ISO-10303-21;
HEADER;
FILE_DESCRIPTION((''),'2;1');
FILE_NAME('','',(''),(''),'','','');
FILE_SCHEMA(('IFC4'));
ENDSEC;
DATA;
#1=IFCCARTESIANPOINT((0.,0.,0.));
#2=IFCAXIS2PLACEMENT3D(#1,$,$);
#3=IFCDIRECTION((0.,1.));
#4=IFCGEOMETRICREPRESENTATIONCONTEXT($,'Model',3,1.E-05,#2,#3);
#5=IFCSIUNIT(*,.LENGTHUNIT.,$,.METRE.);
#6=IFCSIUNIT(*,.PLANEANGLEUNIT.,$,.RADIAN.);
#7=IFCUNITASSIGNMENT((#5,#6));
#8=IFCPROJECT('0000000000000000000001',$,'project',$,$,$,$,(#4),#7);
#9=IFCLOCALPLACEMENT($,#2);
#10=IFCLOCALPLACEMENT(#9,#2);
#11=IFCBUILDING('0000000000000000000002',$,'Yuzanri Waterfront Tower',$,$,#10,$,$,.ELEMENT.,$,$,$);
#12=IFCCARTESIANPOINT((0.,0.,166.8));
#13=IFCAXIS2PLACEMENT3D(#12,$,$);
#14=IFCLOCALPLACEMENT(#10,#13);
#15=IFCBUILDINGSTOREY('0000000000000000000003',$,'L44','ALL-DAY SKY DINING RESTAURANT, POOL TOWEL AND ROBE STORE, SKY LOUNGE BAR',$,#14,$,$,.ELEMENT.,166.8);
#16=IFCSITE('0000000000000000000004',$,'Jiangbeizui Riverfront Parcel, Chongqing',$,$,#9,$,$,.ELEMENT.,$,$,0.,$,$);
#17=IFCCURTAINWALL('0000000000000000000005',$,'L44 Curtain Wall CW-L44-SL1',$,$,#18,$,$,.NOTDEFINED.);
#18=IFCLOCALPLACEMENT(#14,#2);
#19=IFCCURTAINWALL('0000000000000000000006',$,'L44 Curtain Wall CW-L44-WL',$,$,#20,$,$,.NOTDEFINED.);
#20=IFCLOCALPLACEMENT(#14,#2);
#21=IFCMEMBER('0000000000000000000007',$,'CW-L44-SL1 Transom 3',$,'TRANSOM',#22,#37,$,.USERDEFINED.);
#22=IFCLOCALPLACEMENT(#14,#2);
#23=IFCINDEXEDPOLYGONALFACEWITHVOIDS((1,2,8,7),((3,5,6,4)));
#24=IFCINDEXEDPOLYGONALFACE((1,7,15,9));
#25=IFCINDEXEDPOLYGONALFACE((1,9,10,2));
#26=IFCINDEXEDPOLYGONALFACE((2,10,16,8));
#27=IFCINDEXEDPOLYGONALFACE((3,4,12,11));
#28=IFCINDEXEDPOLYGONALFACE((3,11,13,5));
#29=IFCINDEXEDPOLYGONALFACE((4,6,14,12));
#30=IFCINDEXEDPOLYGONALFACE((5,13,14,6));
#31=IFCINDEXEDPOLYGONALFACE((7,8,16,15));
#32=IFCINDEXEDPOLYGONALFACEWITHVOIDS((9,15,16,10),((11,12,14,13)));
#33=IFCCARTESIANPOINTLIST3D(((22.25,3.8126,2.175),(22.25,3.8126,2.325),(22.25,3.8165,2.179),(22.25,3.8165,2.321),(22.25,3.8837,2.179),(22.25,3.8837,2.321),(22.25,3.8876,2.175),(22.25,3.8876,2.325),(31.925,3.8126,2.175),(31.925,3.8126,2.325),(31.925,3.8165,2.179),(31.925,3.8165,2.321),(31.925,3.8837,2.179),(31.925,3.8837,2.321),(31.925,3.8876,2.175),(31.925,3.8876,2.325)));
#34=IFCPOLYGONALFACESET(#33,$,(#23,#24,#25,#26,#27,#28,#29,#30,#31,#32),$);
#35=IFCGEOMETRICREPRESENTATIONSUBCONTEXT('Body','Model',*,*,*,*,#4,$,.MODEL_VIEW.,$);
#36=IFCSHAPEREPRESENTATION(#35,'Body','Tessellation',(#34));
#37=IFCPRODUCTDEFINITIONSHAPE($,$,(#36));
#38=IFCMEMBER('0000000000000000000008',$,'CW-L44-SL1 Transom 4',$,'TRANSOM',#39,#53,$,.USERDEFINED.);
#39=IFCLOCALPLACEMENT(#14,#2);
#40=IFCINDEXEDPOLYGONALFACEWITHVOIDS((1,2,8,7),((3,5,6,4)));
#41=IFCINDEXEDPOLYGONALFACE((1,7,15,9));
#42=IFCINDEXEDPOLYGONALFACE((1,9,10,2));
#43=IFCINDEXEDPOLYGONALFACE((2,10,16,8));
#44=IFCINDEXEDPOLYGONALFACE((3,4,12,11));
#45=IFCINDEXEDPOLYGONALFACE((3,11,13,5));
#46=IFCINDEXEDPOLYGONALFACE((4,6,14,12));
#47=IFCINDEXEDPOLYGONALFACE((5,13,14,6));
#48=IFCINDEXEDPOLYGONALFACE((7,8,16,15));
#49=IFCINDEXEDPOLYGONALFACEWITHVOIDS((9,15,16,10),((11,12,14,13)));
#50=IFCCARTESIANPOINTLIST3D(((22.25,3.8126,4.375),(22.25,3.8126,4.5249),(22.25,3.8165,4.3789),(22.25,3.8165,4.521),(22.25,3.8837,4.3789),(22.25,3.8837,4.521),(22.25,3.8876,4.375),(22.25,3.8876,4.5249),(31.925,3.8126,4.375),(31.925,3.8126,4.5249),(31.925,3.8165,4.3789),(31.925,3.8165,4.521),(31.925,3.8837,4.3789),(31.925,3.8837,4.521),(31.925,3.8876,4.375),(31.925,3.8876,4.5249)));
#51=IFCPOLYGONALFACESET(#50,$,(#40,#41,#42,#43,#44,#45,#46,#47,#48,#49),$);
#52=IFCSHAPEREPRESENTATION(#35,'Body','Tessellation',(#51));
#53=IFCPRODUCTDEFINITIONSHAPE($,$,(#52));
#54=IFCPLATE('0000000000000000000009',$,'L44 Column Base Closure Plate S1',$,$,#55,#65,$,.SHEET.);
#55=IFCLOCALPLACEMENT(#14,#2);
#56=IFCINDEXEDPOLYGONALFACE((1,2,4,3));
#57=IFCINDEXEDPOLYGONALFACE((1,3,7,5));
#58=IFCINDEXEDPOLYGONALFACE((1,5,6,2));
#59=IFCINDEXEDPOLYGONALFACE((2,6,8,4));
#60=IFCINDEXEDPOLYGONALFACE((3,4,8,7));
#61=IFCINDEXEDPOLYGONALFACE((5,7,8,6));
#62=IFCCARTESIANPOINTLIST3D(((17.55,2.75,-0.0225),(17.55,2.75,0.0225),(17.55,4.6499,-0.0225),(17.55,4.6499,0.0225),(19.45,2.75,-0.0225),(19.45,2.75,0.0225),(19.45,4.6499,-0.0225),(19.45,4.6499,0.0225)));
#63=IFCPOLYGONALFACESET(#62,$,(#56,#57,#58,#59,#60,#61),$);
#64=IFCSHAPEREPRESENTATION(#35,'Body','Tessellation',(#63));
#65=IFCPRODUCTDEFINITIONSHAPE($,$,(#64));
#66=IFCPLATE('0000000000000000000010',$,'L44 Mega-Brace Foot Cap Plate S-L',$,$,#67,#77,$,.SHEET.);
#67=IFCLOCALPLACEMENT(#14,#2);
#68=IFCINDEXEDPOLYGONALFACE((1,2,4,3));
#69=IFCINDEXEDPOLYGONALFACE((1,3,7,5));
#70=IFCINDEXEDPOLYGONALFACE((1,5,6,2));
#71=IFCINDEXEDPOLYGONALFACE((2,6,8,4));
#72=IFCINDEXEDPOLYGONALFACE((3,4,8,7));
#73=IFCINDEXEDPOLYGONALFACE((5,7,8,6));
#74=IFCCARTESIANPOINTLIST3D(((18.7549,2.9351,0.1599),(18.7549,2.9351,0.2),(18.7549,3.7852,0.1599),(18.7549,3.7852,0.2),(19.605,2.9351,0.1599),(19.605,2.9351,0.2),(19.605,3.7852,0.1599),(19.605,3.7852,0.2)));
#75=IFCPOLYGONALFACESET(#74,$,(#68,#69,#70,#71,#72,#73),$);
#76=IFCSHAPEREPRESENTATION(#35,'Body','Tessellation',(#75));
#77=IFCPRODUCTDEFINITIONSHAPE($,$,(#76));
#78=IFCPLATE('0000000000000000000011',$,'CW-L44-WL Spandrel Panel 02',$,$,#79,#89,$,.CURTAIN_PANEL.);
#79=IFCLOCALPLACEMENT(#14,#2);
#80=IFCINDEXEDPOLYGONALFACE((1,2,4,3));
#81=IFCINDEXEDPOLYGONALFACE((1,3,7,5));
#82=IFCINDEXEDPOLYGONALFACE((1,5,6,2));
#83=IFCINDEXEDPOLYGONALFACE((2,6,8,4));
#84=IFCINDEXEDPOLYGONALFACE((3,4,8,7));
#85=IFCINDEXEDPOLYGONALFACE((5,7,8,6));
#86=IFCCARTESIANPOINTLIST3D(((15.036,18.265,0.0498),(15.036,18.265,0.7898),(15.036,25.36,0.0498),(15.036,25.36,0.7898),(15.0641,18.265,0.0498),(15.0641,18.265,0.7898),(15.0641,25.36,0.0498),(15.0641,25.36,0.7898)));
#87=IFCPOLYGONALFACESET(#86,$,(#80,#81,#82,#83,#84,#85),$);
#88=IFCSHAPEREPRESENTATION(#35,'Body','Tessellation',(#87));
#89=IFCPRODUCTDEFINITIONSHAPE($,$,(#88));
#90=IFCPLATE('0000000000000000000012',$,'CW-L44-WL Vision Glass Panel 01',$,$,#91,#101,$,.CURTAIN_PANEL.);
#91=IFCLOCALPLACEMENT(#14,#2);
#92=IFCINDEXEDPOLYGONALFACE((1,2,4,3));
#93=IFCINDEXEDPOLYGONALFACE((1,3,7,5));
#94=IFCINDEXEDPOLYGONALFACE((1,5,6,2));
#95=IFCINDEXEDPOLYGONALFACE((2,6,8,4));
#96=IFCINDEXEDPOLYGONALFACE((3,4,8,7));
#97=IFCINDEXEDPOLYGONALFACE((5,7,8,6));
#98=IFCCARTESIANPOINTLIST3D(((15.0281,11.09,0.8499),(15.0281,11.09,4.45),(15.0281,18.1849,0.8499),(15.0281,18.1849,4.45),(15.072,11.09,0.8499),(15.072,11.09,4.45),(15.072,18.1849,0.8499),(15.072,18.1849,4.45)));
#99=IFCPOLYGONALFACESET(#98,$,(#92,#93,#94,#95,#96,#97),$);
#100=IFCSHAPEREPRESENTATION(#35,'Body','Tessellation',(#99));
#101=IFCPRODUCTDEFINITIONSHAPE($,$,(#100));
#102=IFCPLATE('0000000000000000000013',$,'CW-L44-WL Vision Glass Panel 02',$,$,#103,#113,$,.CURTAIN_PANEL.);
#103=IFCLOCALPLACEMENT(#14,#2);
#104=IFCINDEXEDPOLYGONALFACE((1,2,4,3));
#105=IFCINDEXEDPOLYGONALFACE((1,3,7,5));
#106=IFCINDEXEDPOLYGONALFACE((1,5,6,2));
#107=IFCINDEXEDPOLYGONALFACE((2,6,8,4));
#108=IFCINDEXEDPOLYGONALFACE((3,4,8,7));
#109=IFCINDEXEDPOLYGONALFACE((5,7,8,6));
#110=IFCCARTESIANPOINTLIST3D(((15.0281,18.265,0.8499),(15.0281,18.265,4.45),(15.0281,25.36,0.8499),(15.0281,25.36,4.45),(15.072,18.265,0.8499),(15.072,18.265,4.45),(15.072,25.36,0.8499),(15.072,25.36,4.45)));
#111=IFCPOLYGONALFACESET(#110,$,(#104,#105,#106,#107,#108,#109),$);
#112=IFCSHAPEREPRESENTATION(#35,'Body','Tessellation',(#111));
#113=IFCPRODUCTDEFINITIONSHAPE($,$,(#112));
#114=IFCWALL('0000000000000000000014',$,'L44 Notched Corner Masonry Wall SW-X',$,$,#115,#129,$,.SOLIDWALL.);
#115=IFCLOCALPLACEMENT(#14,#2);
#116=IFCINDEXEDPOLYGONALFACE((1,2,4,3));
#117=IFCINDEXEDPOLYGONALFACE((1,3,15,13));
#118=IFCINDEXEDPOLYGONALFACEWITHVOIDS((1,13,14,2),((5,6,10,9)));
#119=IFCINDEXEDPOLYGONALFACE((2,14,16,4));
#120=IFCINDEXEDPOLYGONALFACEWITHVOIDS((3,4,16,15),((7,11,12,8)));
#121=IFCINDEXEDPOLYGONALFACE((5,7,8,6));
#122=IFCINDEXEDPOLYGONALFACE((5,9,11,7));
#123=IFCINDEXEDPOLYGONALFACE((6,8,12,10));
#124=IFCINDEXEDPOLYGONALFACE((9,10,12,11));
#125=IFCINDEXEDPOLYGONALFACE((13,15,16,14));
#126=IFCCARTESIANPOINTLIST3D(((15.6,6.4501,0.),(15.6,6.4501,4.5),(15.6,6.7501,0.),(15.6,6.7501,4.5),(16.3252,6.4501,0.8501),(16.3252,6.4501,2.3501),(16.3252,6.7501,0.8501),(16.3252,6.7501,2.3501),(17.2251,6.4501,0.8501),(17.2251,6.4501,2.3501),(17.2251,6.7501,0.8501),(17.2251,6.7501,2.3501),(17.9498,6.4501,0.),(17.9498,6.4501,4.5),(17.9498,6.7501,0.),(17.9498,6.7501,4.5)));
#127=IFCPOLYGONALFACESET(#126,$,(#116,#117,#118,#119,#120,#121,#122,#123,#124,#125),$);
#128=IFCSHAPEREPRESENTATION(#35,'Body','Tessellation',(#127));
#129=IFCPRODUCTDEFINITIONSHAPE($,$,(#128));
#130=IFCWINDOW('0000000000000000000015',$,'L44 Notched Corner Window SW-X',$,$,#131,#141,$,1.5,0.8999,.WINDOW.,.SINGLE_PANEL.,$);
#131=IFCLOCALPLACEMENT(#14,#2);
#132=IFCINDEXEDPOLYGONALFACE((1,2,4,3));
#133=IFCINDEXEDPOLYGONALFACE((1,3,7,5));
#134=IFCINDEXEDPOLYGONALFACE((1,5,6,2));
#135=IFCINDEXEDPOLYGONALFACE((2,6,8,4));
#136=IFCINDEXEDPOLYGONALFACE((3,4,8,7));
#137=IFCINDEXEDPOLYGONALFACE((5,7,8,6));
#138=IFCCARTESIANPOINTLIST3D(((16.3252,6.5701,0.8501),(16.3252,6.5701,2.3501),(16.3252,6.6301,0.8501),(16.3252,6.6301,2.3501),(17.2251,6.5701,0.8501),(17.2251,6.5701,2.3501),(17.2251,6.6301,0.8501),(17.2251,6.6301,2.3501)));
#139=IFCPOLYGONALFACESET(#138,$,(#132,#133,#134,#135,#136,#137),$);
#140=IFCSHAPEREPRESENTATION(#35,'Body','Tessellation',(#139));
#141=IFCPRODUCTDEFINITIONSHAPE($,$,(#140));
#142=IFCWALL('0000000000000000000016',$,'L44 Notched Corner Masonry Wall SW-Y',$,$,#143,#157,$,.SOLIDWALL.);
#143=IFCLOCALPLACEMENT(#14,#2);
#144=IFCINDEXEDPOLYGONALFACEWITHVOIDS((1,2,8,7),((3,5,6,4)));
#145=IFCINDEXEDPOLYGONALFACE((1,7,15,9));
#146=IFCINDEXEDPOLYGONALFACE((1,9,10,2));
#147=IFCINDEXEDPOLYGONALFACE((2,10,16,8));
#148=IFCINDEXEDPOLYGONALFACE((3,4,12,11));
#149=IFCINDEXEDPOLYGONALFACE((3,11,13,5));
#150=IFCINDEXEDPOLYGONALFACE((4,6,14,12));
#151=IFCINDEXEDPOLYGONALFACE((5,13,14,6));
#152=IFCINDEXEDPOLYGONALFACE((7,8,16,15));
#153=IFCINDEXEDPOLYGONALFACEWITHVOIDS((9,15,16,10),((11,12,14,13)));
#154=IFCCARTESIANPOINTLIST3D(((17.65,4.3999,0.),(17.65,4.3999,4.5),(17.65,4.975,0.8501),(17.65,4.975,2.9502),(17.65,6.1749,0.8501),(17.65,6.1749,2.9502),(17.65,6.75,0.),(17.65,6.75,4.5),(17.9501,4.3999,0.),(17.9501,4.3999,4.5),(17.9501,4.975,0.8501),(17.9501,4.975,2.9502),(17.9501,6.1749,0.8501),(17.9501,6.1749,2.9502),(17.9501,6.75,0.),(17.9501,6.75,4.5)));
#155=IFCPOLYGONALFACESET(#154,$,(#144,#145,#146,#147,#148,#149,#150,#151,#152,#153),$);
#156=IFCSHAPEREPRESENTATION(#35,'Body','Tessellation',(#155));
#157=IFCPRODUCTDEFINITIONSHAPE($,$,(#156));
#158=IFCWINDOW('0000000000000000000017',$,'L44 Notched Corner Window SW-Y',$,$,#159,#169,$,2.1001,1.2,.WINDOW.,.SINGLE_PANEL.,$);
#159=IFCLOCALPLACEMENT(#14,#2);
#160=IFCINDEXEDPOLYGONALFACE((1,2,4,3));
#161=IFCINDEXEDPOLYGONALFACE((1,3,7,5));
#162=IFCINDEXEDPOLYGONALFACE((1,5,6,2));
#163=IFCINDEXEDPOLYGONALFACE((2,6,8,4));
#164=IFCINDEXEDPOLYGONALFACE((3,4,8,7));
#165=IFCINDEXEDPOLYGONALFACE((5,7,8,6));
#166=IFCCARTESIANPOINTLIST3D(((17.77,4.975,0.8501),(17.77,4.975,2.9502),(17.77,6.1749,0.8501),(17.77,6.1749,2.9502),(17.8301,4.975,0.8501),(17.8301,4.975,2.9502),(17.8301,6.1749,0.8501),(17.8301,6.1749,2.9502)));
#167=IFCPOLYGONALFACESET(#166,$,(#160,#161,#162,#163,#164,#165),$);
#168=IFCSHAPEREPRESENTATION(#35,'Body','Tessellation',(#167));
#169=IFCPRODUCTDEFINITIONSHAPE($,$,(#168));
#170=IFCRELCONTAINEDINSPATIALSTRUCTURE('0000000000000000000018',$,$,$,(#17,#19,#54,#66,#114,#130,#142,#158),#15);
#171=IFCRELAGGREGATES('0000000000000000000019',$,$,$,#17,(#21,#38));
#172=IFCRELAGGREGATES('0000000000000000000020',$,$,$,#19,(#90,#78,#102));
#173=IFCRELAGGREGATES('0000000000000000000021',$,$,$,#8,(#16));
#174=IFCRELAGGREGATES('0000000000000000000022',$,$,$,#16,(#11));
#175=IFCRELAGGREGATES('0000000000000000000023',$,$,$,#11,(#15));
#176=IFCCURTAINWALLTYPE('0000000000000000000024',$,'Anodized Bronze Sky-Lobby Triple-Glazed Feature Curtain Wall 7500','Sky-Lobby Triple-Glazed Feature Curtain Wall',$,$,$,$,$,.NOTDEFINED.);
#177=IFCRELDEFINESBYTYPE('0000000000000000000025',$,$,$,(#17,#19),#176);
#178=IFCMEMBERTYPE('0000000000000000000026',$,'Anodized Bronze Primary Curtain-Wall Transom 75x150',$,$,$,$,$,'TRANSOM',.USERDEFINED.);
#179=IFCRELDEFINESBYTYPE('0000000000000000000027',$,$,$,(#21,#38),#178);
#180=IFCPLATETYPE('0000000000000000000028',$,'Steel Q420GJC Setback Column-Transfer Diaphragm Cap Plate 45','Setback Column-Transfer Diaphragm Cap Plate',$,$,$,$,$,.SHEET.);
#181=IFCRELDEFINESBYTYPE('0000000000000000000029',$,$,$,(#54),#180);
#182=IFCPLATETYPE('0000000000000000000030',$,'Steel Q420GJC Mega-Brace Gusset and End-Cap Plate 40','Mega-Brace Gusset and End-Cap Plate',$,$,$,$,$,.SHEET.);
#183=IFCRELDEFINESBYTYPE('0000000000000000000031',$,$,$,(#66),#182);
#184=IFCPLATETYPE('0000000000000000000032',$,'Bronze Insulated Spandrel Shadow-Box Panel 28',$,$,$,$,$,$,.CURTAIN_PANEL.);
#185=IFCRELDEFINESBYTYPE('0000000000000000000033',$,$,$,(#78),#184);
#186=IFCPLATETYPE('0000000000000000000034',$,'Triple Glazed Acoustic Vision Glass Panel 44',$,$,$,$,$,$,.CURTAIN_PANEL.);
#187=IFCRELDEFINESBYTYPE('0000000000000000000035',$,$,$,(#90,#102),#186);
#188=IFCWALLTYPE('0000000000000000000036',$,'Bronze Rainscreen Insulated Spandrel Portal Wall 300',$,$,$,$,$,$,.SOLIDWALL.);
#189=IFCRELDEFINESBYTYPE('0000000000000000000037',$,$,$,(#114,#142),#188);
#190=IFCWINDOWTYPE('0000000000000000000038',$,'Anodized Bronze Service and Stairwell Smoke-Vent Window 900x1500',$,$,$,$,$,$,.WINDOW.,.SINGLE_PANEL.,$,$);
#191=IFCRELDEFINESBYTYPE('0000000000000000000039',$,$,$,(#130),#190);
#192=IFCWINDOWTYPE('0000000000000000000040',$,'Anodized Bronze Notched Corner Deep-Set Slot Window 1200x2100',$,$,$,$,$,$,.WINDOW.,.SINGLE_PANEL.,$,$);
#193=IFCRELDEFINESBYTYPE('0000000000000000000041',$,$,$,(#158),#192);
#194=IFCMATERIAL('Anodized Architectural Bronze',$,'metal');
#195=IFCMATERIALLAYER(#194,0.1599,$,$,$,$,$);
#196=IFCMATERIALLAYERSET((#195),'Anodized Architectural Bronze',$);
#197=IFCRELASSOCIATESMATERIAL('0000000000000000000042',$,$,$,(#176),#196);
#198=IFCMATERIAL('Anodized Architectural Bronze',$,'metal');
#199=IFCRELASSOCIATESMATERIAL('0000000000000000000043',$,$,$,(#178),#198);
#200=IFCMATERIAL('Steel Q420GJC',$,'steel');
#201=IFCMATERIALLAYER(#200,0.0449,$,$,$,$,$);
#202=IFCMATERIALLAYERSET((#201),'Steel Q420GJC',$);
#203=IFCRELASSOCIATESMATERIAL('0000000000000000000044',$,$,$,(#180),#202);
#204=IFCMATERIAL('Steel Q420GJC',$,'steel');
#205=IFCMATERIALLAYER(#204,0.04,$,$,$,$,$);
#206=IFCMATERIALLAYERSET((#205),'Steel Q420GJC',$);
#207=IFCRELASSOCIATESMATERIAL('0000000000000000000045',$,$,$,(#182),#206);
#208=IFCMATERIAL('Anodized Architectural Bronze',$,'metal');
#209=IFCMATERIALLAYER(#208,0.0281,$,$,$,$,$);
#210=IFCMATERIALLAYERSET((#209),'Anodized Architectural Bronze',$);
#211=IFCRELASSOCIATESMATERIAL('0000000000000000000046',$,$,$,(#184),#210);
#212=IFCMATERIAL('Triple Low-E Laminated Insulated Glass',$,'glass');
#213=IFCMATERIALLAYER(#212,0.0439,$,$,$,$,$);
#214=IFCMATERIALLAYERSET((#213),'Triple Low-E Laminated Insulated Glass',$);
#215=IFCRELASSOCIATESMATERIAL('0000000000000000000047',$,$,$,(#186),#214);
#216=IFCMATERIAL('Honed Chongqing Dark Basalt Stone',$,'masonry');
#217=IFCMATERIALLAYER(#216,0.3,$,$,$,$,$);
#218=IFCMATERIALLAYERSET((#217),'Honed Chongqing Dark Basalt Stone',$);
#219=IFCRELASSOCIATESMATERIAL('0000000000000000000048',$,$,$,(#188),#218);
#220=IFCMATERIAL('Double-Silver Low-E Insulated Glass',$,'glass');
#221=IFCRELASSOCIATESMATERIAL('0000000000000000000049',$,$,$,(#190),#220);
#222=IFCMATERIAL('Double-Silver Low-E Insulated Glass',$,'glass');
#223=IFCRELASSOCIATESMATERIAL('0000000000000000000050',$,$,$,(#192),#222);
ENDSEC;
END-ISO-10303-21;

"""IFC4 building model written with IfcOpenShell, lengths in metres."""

from ifc_helpers import new_model, si_unit, direction, frame, frame_2d, origin, origin_2d, place, context, subcontext, project, spatial, rectangle, hollow_rectangle, extrude, source, transform, mapped, material, layer, layer_set, material_profile, profile_set, type_object, element, fill, aggregate, save


model = new_model("IFC4")

# Units and contexts
model_context = context("Model", 3, precision=1e-05, world=origin(), true_north=direction((0.0, 1.0)))
body_context = subcontext(model_context, "Body", "Model", "MODEL_VIEW")
ifc_project = project(units=[si_unit("LENGTHUNIT", "METRE"), si_unit("PLANEANGLEUNIT", "RADIAN")], contexts=[model_context])

# Site, building, storey
site_placement = place(None, origin())
site = spatial("IfcSite", under=ifc_project, at=site_placement, Name="Jiangbeizui Riverfront Parcel, Chongqing", CompositionType="ELEMENT", RefElevation=0.0)
building_placement = place(site_placement, origin())
building = spatial("IfcBuilding", under=site, at=building_placement, Name="Yuzanri Waterfront Tower", CompositionType="ELEMENT")
storey_placement = place(building_placement, frame((0.0, 0.0, 166.8)))
storey = spatial("IfcBuildingStorey", under=building, at=storey_placement, Name="L44", Description="ALL-DAY SKY DINING RESTAURANT, POOL TOWEL AND ROBE STORE, SKY LOUNGE BAR", CompositionType="ELEMENT", Elevation=166.8)

# Curtain walls
ifc_material_1 = material(Name="Anodized Architectural Bronze", Category="metal")
ifc_layer_1 = layer(ifc_material_1, 0.1599)
ifc_layer_set_1 = layer_set([ifc_layer_1], Name="Anodized Architectural Bronze")
curtain_wall_type = type_object("IfcCurtainWallType", Name="Anodized Bronze Sky-Lobby Triple-Glazed Feature Curtain Wall 7500", Description="Sky-Lobby Triple-Glazed Feature Curtain Wall", PredefinedType="NOTDEFINED", material=ifc_layer_set_1)
curtain_wall_1_placement = place(storey_placement, origin())
curtain_wall_1 = element("IfcCurtainWall", 1, at=curtain_wall_1_placement, inside=storey, type_object=curtain_wall_type, Name="L44 Curtain Wall CW-L44-SL1", PredefinedType="NOTDEFINED")
curtain_wall_2_placement = place(storey_placement, origin())
curtain_wall_2 = element("IfcCurtainWall", 2, at=curtain_wall_2_placement, inside=storey, type_object=curtain_wall_type, Name="L44 Curtain Wall CW-L44-WL", PredefinedType="NOTDEFINED")

# Members
ifc_material_2 = material(Name="Anodized Architectural Bronze", Category="metal")
ifc_material_profile_1 = material_profile(ifc_material_2, hollow_rectangle(XDim=0.075, YDim=0.1499, WallThickness=0.0039, at=origin_2d()), Name="CWT 75x150")
ifc_profile_set_1 = profile_set([ifc_material_profile_1], Name="Anodized Architectural Bronze")
member_type_1 = type_object("IfcMemberType", Name="Anodized Bronze Primary Curtain-Wall Transom 75x150", ElementType="TRANSOM", PredefinedType="USERDEFINED", material=ifc_profile_set_1)
shared_shape_1 = source(origin(), body_context, "Body", "SweptSolid", [
    extrude(hollow_rectangle(XDim=0.075, YDim=0.1499, WallThickness=0.0039, at=origin_2d()), origin(), (0.0, 0.0, 1.0), 9.675),
])
member_1_placement = place(storey_placement, frame((22.25, 3.8501, 2.25), z_axis=(1.0, 0.0, 0.0), x_axis=(0.0, 1.0, 0.0)))
member_1 = element("IfcMember", 3, at=member_1_placement, type_object=member_type_1, Name="CW-L44-SL1 Transom 3", ObjectType="TRANSOM", PredefinedType="USERDEFINED", context=body_context, shape_type="MappedRepresentation", body=[
    mapped(shared_shape_1, transform((0.0, 0.0, 0.0), scale=1.0)),
])
member_2_placement = place(storey_placement, frame((22.25, 3.8501, 4.45), z_axis=(1.0, 0.0, 0.0), x_axis=(0.0, 1.0, 0.0)))
member_2 = element("IfcMember", 4, at=member_2_placement, type_object=member_type_1, Name="CW-L44-SL1 Transom 4", ObjectType="TRANSOM", PredefinedType="USERDEFINED", context=body_context, shape_type="MappedRepresentation", body=[
    mapped(shared_shape_1, transform((0.0, 0.0, 0.0), scale=1.0)),
])
aggregate(curtain_wall_1, [member_1, member_2])

# Plates
ifc_material_3 = material(Name="Steel Q420GJC", Category="steel")
ifc_layer_2 = layer(ifc_material_3, 0.0449)
ifc_layer_set_2 = layer_set([ifc_layer_2], Name="Steel Q420GJC")
plate_type_1 = type_object("IfcPlateType", Name="Steel Q420GJC Setback Column-Transfer Diaphragm Cap Plate 45", Description="Setback Column-Transfer Diaphragm Cap Plate", PredefinedType="SHEET", material=ifc_layer_set_2)
shared_shape_2 = source(origin(), body_context, "Body", "SweptSolid", [
    extrude(rectangle(XDim=1.8999, YDim=1.8999, at=origin_2d()), origin(), (0.0, 0.0, 1.0), 0.0449),
])
plate_1_placement = place(storey_placement, frame((18.5, 3.7, -0.0225), z_axis=(0.0, 0.0, 1.0), x_axis=(1.0, 0.0, 0.0)))
element("IfcPlate", 5, at=plate_1_placement, inside=storey, type_object=plate_type_1, Name="L44 Column Base Closure Plate S1", PredefinedType="SHEET", context=body_context, shape_type="MappedRepresentation", body=[
    mapped(shared_shape_2, transform((0.0, 0.0, 0.0), scale=1.0)),
])
ifc_material_4 = material(Name="Steel Q420GJC", Category="steel")
ifc_layer_3 = layer(ifc_material_4, 0.04)
ifc_layer_set_3 = layer_set([ifc_layer_3], Name="Steel Q420GJC")
plate_type_2 = type_object("IfcPlateType", Name="Steel Q420GJC Mega-Brace Gusset and End-Cap Plate 40", Description="Mega-Brace Gusset and End-Cap Plate", PredefinedType="SHEET", material=ifc_layer_set_3)
shared_shape_3 = source(origin(), body_context, "Body", "SweptSolid", [
    extrude(rectangle(XDim=0.8501, YDim=0.8501, at=origin_2d()), origin(), (0.0, 0.0, 1.0), 0.04),
])
plate_2_placement = place(storey_placement, frame((19.1799, 3.3601, 0.1599), z_axis=(0.0, 0.0, 1.0), x_axis=(1.0, 0.0, 0.0)))
element("IfcPlate", 6, at=plate_2_placement, inside=storey, type_object=plate_type_2, Name="L44 Mega-Brace Foot Cap Plate S-L", PredefinedType="SHEET", context=body_context, shape_type="MappedRepresentation", body=[
    mapped(shared_shape_3, transform((0.0, 0.0, 0.0), scale=1.0)),
])

# Plates
ifc_material_5 = material(Name="Anodized Architectural Bronze", Category="metal")
ifc_layer_4 = layer(ifc_material_5, 0.0281)
ifc_layer_set_4 = layer_set([ifc_layer_4], Name="Anodized Architectural Bronze")
plate_type_3 = type_object("IfcPlateType", Name="Bronze Insulated Spandrel Shadow-Box Panel 28", PredefinedType="CURTAIN_PANEL", material=ifc_layer_set_4)
shared_shape_4 = source(origin(), body_context, "Body", "SweptSolid", [
    extrude(rectangle(XDim=7.095, YDim=0.0281, at=origin_2d()), origin(), (0.0, 0.0, 1.0), 0.74),
])
plate_3_placement = place(storey_placement, frame((15.05, 21.8125, 0.0498), z_axis=(0.0, 0.0, 1.0), x_axis=(0.0, 1.0, 0.0)))
plate_3 = element("IfcPlate", 7, at=plate_3_placement, type_object=plate_type_3, Name="CW-L44-WL Spandrel Panel 02", PredefinedType="CURTAIN_PANEL", context=body_context, shape_type="MappedRepresentation", body=[
    mapped(shared_shape_4, transform((0.0, 0.0, 0.0), scale=1.0)),
])
ifc_material_6 = material(Name="Triple Low-E Laminated Insulated Glass", Category="glass")
ifc_layer_5 = layer(ifc_material_6, 0.0439)
ifc_layer_set_5 = layer_set([ifc_layer_5], Name="Triple Low-E Laminated Insulated Glass")
plate_type_4 = type_object("IfcPlateType", Name="Triple Glazed Acoustic Vision Glass Panel 44", PredefinedType="CURTAIN_PANEL", material=ifc_layer_set_5)
shared_shape_5 = source(origin(), body_context, "Body", "SweptSolid", [
    extrude(rectangle(XDim=7.095, YDim=0.0439, at=origin_2d()), origin(), (0.0, 0.0, 1.0), 3.6001),
])
plate_4_placement = place(storey_placement, frame((15.05, 14.6375, 0.8499), z_axis=(0.0, 0.0, 1.0), x_axis=(0.0, 1.0, 0.0)))
plate_4 = element("IfcPlate", 8, at=plate_4_placement, type_object=plate_type_4, Name="CW-L44-WL Vision Glass Panel 01", PredefinedType="CURTAIN_PANEL", context=body_context, shape_type="MappedRepresentation", body=[
    mapped(shared_shape_5, transform((0.0, 0.0, 0.0), scale=1.0)),
])
plate_5_placement = place(storey_placement, frame((15.05, 21.8125, 0.8499), z_axis=(0.0, 0.0, 1.0), x_axis=(0.0, 1.0, 0.0)))
plate_5 = element("IfcPlate", 9, at=plate_5_placement, type_object=plate_type_4, Name="CW-L44-WL Vision Glass Panel 02", PredefinedType="CURTAIN_PANEL", context=body_context, shape_type="MappedRepresentation", body=[
    mapped(shared_shape_5, transform((0.0, 0.0, 0.0), scale=1.0)),
])
aggregate(curtain_wall_2, [plate_4, plate_3, plate_5])

# Walls, openings, windows
ifc_material_7 = material(Name="Honed Chongqing Dark Basalt Stone", Category="masonry")
ifc_layer_6 = layer(ifc_material_7, 0.3)
ifc_layer_set_6 = layer_set([ifc_layer_6], Name="Honed Chongqing Dark Basalt Stone")
wall_type_1 = type_object("IfcWallType", Name="Bronze Rainscreen Insulated Spandrel Portal Wall 300", PredefinedType="SOLIDWALL", material=ifc_layer_set_6)
wall_1_placement = place(storey_placement, frame((15.6001, 6.6001, 0.0), z_axis=(0.0, 0.0, 1.0), x_axis=(1.0, 0.0, 0.0)))
wall_1 = element("IfcWall", 10, at=wall_1_placement, inside=storey, type_object=wall_type_1, Name="L44 Notched Corner Masonry Wall SW-X", PredefinedType="SOLIDWALL", context=body_context, shape_type="SweptSolid", body=[
    extrude(rectangle(XDim=2.3499, YDim=0.3, at=frame_2d((1.1748, 0.0))), origin(), (0.0, 0.0, 1.0), 4.5),
])
opening_1_placement = place(wall_1_placement, frame((0.7251, 0.0, 0.8501)))
opening_1 = element("IfcOpeningElement", 11, at=opening_1_placement, cuts=wall_1, PredefinedType="OPENING", context=body_context, shape_type="SweptSolid", body=[
    extrude(rectangle(XDim=0.8999, YDim=1.5, at=frame_2d((0.45, 0.75))), frame((0.0, 0.165, 0.0), z_axis=(0.0, -1.0, 0.0), x_axis=(1.0, 0.0, 0.0)), (0.0, 0.0, 1.0), 0.3298),
])
ifc_material_8 = material(Name="Double-Silver Low-E Insulated Glass", Category="glass")
window_type_1 = type_object("IfcWindowType", Name="Anodized Bronze Service and Stairwell Smoke-Vent Window 900x1500", PartitioningType="SINGLE_PANEL", PredefinedType="WINDOW", material=ifc_material_8)
shared_shape_6 = source(origin(), body_context, "Body", "SweptSolid", [
    extrude(rectangle(XDim=0.8999, YDim=1.5, at=frame_2d((0.45, 0.75))), frame((0.0, 0.03, 0.0), z_axis=(0.0, -1.0, 0.0), x_axis=(1.0, 0.0, 0.0)), (0.0, 0.0, 1.0), 0.0601),
])
window_1_placement = place(opening_1_placement, origin())
window_1 = element("IfcWindow", 12, at=window_1_placement, inside=storey, type_object=window_type_1, Name="L44 Notched Corner Window SW-X", OverallHeight=1.5, OverallWidth=0.8999, PartitioningType="SINGLE_PANEL", PredefinedType="WINDOW", context=body_context, shape_type="MappedRepresentation", body=[
    mapped(shared_shape_6, transform((0.0, 0.0, 0.0), scale=1.0)),
])
fill(opening_1, window_1)
wall_2_placement = place(storey_placement, frame((17.8, 6.75, 0.0), z_axis=(0.0, 0.0, 1.0), x_axis=(0.0, -1.0, 0.0)))
wall_2 = element("IfcWall", 13, at=wall_2_placement, inside=storey, type_object=wall_type_1, Name="L44 Notched Corner Masonry Wall SW-Y", PredefinedType="SOLIDWALL", context=body_context, shape_type="SweptSolid", body=[
    extrude(rectangle(XDim=2.3501, YDim=0.3, at=frame_2d((1.175, 0.0))), origin(), (0.0, 0.0, 1.0), 4.5),
])
opening_2_placement = place(wall_2_placement, frame((0.575, 0.0, 0.8501)))
opening_2 = element("IfcOpeningElement", 14, at=opening_2_placement, cuts=wall_2, PredefinedType="OPENING", context=body_context, shape_type="SweptSolid", body=[
    extrude(rectangle(XDim=1.2, YDim=2.1001, at=frame_2d((0.6001, 1.05))), frame((0.0, 0.165, 0.0), z_axis=(0.0, -1.0, 0.0), x_axis=(1.0, 0.0, 0.0)), (0.0, 0.0, 1.0), 0.3298),
])
ifc_material_9 = material(Name="Double-Silver Low-E Insulated Glass", Category="glass")
window_type_2 = type_object("IfcWindowType", Name="Anodized Bronze Notched Corner Deep-Set Slot Window 1200x2100", PartitioningType="SINGLE_PANEL", PredefinedType="WINDOW", material=ifc_material_9)
shared_shape_7 = source(origin(), body_context, "Body", "SweptSolid", [
    extrude(rectangle(XDim=1.2, YDim=2.1001, at=frame_2d((0.6001, 1.05))), frame((0.0, 0.03, 0.0), z_axis=(0.0, -1.0, 0.0), x_axis=(1.0, 0.0, 0.0)), (0.0, 0.0, 1.0), 0.0601),
])
window_2_placement = place(opening_2_placement, origin())
window_2 = element("IfcWindow", 15, at=window_2_placement, inside=storey, type_object=window_type_2, Name="L44 Notched Corner Window SW-Y", OverallHeight=2.1001, OverallWidth=1.2, PartitioningType="SINGLE_PANEL", PredefinedType="WINDOW", context=body_context, shape_type="MappedRepresentation", body=[
    mapped(shared_shape_7, transform((0.0, 0.0, 0.0), scale=1.0)),
])
fill(opening_2, window_2)

save(model, "model.ifc")
